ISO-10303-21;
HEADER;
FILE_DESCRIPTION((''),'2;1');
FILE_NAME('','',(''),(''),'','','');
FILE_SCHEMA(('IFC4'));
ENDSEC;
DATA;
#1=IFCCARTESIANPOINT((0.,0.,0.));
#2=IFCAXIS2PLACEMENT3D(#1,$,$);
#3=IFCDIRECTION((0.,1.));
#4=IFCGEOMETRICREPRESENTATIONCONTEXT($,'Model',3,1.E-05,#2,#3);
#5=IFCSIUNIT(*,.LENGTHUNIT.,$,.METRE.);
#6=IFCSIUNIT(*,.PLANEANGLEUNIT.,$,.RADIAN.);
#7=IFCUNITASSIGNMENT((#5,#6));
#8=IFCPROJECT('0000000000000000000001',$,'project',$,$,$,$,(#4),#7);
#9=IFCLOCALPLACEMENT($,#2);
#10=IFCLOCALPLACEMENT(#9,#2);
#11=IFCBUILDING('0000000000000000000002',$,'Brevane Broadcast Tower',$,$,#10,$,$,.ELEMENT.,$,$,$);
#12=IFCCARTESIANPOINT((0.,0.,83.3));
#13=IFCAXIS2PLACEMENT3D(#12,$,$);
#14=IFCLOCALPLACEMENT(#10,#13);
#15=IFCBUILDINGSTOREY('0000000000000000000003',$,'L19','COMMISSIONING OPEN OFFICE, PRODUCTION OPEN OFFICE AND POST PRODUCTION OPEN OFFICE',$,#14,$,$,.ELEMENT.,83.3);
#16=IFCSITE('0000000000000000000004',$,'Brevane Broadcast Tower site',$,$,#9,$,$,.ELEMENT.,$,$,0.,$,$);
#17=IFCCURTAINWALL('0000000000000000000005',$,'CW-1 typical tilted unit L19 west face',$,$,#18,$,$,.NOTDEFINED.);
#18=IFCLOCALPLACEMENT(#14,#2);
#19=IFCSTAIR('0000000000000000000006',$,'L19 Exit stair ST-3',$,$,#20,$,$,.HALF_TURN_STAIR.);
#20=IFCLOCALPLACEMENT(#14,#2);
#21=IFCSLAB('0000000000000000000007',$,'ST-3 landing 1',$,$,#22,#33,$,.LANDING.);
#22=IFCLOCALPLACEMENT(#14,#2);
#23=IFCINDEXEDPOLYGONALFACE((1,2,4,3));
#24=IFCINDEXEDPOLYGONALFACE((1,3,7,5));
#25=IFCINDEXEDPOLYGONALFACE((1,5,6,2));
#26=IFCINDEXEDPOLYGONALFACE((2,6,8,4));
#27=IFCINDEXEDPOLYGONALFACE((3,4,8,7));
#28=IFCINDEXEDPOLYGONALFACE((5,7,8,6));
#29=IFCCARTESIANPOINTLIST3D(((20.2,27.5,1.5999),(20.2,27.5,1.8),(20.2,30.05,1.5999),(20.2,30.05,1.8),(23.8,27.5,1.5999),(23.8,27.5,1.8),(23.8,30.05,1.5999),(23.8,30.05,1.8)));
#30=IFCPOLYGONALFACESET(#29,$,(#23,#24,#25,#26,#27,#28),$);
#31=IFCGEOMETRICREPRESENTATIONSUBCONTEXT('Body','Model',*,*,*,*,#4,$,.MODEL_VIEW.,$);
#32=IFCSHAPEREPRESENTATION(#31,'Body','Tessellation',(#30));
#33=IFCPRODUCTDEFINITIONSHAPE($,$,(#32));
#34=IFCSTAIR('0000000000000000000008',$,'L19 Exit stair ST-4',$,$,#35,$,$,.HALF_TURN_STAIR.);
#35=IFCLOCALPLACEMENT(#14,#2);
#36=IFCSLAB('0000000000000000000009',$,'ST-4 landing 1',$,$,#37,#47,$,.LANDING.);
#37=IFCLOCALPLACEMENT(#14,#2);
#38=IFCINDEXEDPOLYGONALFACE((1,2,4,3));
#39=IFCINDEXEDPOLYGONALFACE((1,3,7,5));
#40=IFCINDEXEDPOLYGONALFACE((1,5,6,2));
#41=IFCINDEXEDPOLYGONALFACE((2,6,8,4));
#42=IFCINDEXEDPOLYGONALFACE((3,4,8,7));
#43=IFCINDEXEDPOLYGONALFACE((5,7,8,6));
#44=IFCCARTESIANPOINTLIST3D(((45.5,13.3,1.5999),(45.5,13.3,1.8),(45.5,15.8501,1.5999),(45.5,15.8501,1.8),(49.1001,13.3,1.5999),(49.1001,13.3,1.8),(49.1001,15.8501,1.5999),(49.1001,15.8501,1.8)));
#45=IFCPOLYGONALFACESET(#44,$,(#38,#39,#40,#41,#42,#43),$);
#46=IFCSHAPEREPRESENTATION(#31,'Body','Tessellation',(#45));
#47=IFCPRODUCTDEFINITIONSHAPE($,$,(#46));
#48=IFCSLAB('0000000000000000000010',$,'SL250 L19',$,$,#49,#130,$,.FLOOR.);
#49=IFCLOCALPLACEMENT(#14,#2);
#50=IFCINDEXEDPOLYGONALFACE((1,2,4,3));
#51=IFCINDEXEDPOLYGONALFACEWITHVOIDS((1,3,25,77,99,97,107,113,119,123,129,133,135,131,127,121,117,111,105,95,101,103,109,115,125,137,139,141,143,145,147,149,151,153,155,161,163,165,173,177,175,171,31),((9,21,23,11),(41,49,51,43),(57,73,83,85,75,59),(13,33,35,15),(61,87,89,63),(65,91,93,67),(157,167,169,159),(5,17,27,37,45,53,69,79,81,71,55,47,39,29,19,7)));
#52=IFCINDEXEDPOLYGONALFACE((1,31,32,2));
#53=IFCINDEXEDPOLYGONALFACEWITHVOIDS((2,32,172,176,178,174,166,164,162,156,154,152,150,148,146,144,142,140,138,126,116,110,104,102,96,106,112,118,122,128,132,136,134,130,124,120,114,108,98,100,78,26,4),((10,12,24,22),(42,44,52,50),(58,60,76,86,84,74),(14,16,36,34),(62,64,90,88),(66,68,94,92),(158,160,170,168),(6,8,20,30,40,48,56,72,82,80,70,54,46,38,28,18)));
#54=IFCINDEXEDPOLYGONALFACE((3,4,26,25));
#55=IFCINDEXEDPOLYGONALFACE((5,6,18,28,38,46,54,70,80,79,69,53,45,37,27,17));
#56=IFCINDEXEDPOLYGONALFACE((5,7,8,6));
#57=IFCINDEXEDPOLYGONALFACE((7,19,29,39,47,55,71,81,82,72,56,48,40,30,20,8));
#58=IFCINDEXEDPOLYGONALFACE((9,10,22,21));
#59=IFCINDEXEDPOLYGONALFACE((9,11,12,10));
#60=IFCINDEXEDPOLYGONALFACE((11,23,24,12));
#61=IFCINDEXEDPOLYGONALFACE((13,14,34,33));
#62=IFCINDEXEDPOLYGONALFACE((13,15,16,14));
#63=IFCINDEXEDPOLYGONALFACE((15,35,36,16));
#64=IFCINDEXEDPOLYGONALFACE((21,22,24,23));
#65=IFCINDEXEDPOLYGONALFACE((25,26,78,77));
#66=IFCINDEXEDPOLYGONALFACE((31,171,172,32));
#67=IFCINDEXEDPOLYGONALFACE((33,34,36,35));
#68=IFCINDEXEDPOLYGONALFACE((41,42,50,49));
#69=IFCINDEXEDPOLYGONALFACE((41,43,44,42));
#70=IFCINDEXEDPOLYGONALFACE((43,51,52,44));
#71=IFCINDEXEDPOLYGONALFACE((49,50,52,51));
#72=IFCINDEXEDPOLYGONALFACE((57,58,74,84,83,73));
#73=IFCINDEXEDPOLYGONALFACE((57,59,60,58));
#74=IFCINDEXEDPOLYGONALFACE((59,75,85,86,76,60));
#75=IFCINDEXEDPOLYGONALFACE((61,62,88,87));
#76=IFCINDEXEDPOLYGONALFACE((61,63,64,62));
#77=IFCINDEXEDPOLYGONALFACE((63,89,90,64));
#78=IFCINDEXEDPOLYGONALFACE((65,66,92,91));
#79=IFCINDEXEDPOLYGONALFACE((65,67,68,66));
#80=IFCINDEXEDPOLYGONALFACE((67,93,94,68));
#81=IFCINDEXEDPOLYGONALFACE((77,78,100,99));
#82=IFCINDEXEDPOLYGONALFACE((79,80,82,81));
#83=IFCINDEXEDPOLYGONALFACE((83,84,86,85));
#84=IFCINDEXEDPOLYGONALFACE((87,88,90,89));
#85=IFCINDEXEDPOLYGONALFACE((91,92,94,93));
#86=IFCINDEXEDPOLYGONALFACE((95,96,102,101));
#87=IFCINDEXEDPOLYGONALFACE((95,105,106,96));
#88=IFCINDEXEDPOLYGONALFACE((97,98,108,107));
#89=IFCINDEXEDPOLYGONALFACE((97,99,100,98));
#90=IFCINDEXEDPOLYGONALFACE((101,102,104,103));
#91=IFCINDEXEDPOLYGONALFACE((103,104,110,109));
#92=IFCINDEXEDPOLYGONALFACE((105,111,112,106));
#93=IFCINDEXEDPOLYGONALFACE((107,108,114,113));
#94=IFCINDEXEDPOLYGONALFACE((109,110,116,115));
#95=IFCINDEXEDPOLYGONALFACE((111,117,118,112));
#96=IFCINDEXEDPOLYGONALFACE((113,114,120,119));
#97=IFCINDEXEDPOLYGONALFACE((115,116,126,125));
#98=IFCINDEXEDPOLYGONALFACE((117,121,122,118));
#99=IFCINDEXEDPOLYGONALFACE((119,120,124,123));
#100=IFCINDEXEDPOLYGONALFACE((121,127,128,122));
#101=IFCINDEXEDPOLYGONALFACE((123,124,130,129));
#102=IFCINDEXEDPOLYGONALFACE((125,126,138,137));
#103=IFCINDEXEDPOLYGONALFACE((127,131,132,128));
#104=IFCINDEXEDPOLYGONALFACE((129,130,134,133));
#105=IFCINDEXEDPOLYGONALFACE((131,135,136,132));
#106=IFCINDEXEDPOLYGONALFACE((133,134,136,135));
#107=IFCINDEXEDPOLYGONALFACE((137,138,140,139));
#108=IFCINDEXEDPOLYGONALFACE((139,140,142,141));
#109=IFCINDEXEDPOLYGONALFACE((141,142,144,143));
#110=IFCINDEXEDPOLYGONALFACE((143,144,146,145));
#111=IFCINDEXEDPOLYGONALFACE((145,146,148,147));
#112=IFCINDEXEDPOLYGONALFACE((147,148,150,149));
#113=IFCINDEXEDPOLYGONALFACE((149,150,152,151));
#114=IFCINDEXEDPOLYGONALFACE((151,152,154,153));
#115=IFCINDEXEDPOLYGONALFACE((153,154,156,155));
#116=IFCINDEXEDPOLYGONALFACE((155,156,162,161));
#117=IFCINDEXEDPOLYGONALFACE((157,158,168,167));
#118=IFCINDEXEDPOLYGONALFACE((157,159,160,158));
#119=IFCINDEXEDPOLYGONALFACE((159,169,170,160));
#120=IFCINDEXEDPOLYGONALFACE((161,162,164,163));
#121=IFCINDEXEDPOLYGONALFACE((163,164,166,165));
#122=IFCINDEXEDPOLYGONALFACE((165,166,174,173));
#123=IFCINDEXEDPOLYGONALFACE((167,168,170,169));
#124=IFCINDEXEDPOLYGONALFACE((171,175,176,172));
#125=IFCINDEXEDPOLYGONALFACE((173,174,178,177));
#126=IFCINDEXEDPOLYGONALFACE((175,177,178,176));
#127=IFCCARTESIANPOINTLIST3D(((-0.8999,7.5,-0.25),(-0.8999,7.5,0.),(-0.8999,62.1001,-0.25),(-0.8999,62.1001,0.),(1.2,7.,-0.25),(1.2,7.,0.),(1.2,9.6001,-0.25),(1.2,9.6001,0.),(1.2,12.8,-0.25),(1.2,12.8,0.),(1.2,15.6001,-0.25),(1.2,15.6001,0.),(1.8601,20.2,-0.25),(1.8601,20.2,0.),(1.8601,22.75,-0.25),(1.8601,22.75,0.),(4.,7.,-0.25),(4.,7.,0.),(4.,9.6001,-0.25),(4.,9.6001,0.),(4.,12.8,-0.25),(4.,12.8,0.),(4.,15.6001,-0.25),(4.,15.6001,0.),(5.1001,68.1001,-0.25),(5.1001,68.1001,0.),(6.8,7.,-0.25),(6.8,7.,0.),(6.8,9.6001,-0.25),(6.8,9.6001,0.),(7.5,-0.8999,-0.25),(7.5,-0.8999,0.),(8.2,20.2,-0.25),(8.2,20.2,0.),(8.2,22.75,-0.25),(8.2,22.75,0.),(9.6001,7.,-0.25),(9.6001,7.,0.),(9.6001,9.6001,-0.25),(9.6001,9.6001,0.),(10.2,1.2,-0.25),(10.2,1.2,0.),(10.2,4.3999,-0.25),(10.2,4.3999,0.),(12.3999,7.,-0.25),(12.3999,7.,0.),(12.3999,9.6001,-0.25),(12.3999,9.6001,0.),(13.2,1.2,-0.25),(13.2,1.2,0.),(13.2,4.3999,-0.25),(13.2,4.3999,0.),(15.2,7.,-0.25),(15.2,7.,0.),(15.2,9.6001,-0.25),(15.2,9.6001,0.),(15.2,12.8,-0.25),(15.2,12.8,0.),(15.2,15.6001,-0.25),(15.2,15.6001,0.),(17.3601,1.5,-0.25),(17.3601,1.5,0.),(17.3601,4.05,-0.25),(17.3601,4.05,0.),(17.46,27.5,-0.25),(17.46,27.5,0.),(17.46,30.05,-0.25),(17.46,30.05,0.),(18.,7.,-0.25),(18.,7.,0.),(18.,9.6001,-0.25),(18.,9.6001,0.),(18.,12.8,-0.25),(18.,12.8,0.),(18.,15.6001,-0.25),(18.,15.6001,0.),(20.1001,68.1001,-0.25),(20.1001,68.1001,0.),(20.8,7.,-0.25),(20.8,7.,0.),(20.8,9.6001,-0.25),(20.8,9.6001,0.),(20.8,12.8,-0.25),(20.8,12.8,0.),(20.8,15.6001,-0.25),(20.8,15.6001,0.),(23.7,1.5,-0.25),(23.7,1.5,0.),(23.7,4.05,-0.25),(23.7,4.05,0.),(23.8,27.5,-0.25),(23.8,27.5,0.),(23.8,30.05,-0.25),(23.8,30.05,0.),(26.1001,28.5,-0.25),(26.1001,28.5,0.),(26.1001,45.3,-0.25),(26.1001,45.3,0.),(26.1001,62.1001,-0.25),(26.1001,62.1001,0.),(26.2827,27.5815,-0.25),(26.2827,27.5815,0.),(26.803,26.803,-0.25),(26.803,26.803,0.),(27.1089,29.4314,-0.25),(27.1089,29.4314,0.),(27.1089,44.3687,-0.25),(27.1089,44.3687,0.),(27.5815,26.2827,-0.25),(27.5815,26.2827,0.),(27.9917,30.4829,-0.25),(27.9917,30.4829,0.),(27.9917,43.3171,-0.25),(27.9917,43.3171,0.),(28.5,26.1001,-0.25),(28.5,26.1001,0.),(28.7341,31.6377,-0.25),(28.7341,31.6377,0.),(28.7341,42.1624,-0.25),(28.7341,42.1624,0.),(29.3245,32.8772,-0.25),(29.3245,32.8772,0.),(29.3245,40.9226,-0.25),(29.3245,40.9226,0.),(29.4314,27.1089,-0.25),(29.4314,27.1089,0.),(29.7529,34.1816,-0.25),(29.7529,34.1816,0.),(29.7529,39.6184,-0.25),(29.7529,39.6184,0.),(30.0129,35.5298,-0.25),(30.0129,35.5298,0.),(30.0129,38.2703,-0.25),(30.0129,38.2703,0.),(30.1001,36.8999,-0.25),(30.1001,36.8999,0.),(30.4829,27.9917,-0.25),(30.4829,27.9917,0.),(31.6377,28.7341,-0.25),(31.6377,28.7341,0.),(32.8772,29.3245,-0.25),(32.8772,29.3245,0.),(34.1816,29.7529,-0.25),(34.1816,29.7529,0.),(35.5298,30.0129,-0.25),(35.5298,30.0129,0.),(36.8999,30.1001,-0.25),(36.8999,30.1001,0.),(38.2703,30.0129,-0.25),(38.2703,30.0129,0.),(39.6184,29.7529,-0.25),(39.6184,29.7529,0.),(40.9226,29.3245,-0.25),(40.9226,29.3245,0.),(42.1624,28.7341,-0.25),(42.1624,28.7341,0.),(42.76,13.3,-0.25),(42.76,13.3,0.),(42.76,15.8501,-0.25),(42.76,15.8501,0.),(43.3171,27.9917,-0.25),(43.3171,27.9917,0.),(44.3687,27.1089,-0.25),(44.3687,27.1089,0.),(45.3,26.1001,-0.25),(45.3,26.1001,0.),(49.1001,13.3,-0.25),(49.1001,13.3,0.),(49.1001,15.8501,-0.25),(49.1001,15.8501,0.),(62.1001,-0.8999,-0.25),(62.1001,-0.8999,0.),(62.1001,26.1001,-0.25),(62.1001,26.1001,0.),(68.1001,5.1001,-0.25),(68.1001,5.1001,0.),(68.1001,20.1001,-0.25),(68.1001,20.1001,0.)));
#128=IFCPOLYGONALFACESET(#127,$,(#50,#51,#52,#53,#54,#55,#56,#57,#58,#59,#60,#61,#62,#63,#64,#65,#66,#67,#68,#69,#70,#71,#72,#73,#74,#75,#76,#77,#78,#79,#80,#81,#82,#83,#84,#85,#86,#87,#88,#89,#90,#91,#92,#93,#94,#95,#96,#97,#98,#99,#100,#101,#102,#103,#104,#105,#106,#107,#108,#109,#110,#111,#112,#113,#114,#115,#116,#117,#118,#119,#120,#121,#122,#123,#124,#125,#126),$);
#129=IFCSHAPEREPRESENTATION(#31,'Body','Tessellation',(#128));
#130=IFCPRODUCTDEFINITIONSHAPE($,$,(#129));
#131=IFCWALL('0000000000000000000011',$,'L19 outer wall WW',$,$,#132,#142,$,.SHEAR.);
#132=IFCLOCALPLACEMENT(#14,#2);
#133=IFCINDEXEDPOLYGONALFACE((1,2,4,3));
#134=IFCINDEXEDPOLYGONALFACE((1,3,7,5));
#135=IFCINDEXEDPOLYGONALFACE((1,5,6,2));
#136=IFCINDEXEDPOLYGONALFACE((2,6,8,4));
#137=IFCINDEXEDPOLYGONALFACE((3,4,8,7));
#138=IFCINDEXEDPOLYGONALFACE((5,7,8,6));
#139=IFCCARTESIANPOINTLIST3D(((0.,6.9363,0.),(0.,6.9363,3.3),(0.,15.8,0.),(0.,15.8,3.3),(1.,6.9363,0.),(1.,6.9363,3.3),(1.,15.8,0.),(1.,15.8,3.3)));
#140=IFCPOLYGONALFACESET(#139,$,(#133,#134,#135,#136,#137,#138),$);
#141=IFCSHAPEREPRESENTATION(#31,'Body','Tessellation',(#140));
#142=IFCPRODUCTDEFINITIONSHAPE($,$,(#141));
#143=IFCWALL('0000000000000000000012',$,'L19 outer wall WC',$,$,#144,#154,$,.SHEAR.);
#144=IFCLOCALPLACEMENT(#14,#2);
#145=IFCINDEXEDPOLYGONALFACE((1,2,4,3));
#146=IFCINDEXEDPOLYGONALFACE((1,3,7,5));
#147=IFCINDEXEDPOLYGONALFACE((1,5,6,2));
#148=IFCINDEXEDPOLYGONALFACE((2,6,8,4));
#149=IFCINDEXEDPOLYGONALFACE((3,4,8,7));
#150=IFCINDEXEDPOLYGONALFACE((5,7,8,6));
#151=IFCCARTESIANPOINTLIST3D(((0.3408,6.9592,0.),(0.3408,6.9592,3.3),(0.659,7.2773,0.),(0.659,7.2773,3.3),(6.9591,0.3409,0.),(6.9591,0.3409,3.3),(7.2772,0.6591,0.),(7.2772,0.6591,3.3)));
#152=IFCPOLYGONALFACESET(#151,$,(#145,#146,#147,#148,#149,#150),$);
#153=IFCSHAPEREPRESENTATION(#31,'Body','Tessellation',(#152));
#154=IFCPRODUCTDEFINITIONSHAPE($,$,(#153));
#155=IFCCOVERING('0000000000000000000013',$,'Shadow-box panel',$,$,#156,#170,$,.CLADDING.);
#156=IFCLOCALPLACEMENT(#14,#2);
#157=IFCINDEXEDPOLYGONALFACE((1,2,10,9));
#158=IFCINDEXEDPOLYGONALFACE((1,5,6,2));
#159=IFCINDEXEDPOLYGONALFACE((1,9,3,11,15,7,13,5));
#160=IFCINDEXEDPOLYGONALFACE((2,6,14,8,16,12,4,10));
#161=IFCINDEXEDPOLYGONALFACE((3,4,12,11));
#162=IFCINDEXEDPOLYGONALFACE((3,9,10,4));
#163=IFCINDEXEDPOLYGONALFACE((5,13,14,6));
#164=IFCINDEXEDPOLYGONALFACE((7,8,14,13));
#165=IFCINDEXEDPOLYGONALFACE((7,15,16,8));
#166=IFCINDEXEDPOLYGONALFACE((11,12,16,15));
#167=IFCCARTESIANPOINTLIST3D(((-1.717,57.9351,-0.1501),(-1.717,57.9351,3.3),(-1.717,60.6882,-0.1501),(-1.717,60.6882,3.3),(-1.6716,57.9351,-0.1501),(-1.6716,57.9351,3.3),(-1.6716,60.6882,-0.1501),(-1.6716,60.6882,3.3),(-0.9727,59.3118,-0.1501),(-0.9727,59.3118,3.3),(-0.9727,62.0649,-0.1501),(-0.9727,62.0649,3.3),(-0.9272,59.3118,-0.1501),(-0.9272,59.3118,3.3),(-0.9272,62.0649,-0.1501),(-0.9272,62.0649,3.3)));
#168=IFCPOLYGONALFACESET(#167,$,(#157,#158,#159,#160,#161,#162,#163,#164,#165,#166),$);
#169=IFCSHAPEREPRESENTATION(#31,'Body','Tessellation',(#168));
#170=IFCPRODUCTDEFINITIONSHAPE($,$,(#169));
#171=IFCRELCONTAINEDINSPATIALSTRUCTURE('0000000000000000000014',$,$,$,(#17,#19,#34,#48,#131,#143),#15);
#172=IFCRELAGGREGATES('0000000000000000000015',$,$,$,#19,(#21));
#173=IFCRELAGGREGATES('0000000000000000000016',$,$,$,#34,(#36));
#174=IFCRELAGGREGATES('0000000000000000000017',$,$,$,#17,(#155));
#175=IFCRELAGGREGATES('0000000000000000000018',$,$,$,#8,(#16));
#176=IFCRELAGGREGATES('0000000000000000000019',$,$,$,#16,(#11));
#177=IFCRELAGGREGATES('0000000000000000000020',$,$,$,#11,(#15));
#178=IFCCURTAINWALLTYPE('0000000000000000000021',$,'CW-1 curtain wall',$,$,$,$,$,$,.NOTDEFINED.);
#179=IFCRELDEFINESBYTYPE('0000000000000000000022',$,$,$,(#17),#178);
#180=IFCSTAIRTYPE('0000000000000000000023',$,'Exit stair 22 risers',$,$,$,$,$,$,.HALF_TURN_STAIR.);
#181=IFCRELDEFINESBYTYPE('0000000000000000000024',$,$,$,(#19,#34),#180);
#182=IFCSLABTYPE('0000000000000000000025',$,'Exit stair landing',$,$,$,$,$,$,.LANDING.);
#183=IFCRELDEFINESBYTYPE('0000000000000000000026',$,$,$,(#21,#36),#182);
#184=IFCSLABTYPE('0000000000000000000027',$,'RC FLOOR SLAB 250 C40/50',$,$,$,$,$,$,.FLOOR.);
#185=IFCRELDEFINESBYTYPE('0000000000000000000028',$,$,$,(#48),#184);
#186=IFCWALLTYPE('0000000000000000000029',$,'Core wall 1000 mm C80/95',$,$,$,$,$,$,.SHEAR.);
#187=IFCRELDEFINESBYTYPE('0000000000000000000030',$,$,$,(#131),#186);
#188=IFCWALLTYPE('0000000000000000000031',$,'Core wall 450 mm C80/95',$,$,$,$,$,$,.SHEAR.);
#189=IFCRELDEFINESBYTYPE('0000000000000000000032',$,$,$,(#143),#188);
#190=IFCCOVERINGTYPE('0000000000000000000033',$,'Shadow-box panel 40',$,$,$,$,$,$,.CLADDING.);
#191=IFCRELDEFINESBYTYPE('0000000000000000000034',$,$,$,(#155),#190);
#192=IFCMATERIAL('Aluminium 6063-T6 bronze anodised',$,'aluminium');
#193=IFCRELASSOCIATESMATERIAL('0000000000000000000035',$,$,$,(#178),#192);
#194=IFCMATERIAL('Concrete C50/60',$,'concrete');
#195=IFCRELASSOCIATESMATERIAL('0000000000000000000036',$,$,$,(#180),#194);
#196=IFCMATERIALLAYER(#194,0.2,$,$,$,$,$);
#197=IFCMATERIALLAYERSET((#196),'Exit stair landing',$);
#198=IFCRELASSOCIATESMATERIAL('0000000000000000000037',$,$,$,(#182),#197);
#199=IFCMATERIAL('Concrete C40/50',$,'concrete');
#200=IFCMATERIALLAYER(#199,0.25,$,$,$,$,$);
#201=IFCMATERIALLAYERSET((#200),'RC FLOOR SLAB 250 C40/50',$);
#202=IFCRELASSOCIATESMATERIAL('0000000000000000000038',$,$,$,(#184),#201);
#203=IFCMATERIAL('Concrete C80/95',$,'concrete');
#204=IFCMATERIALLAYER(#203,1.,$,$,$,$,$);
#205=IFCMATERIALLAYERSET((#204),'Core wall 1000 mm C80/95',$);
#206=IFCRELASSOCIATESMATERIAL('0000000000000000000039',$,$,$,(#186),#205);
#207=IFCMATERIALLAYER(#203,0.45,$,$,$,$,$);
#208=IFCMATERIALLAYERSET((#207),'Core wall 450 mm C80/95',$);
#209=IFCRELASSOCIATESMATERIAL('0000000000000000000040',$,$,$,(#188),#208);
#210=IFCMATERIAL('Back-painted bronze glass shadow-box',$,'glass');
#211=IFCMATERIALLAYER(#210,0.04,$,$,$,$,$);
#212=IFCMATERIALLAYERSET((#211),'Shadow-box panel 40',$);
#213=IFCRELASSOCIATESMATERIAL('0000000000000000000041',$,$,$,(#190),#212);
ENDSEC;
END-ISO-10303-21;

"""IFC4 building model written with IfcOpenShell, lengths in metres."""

from ifc_helpers import new_model, si_unit, direction, frame, frame_2d, origin, place, context, subcontext, project, spatial, polyline, rectangle, outline, extrude, material, layer, layer_set, type_object, element, aggregate, save


model = new_model("IFC4")

# Units and contexts
model_context = context("Model", 3, precision=1e-05, world=origin(), true_north=direction((0.0, 1.0)))
body_context = subcontext(model_context, "Body", "Model", "MODEL_VIEW")
ifc_project = project(units=[si_unit("LENGTHUNIT", "METRE"), si_unit("PLANEANGLEUNIT", "RADIAN")], contexts=[model_context])

# Site, building, storey
site_placement = place(None, origin())
site = spatial("IfcSite", under=ifc_project, at=site_placement, Name="Brevane Broadcast Tower site", CompositionType="ELEMENT", RefElevation=0.0)
building_placement = place(site_placement, origin())
building = spatial("IfcBuilding", under=site, at=building_placement, Name="Brevane Broadcast Tower", CompositionType="ELEMENT")
storey_placement = place(building_placement, frame((0.0, 0.0, 83.3)))
storey = spatial("IfcBuildingStorey", under=building, at=storey_placement, Name="L19", Description="COMMISSIONING OPEN OFFICE, PRODUCTION OPEN OFFICE AND POST PRODUCTION OPEN OFFICE", CompositionType="ELEMENT", Elevation=83.3)

# Shared definitions
ifc_material_1 = material(Name="Aluminium 6063-T6 bronze anodised", Category="aluminium")
curtain_wall_type = type_object("IfcCurtainWallType", Name="CW-1 curtain wall", PredefinedType="NOTDEFINED", material=ifc_material_1)

# Curtain wall
curtain_wall_1_placement = place(storey_placement, origin())
curtain_wall_1 = element("IfcCurtainWall", 1, at=curtain_wall_1_placement, inside=storey, type_object=curtain_wall_type, Name="CW-1 typical tilted unit L19 west face", PredefinedType="NOTDEFINED")

# Stairs, slabs
ifc_material_2 = material(Name="Concrete C50/60", Category="concrete")
stair_type = type_object("IfcStairType", Name="Exit stair 22 risers", PredefinedType="HALF_TURN_STAIR", material=ifc_material_2)
ifc_layer_1 = layer(ifc_material_2, 0.2)
ifc_layer_set_1 = layer_set([ifc_layer_1], Name="Exit stair landing")
slab_type_1 = type_object("IfcSlabType", Name="Exit stair landing", PredefinedType="LANDING", material=ifc_layer_set_1)
stair_1_placement = place(storey_placement, origin())
stair_1 = element("IfcStair", 2, at=stair_1_placement, inside=storey, type_object=stair_type, Name="L19 Exit stair ST-3", PredefinedType="HALF_TURN_STAIR")
slab_1_placement = place(storey_placement, frame((0.0, 0.0, 1.5999)))
slab_1 = element("IfcSlab", 3, at=slab_1_placement, type_object=slab_type_1, Name="ST-3 landing 1", PredefinedType="LANDING", context=body_context, shape_type="SweptSolid", body=[
    extrude(outline(polyline([(20.2, 27.5), (23.8, 27.5), (23.8, 30.05), (20.2, 30.05), (20.2, 27.5)])), origin(), (0.0, 0.0, 1.0), 0.2002),
])
aggregate(stair_1, [slab_1])
stair_2_placement = place(storey_placement, origin())
stair_2 = element("IfcStair", 4, at=stair_2_placement, inside=storey, type_object=stair_type, Name="L19 Exit stair ST-4", PredefinedType="HALF_TURN_STAIR")
slab_2_placement = place(storey_placement, frame((0.0, 0.0, 1.5999)))
slab_2 = element("IfcSlab", 5, at=slab_2_placement, type_object=slab_type_1, Name="ST-4 landing 1", PredefinedType="LANDING", context=body_context, shape_type="SweptSolid", body=[
    extrude(outline(polyline([(45.5, 13.3), (49.1001, 13.3), (49.1001, 15.8501), (45.5, 15.8501), (45.5, 13.3)])), origin(), (0.0, 0.0, 1.0), 0.2002),
])
aggregate(stair_2, [slab_2])

# Slab
ifc_material_3 = material(Name="Concrete C40/50", Category="concrete")
ifc_layer_2 = layer(ifc_material_3, 0.25)
ifc_layer_set_2 = layer_set([ifc_layer_2], Name="RC FLOOR SLAB 250 C40/50")
slab_type_2 = type_object("IfcSlabType", Name="RC FLOOR SLAB 250 C40/50", PredefinedType="FLOOR", material=ifc_layer_set_2)
slab_3_placement = place(storey_placement, frame((0.0, 0.0, -0.25)))
element("IfcSlab", 6, at=slab_3_placement, inside=storey, type_object=slab_type_2, Name="SL250 L19", PredefinedType="FLOOR", context=body_context, shape_type="SweptSolid", body=[
    extrude(outline(polyline([(-0.8999, 7.5), (-0.8999, 62.1001), (5.1001, 68.1001), (20.1001, 68.1001), (26.1001, 62.1001), (26.1001, 45.3), (27.1089, 44.3687), (27.9917, 43.3171), (28.7341, 42.1624), (29.3245, 40.9226), (29.7529, 39.6184), (30.0129, 38.2703), (30.1001, 36.8999), (30.0129, 35.5298), (29.7529, 34.1816), (29.3245, 32.8772), (28.7341, 31.6377), (27.9917, 30.4829), (27.1089, 29.4314), (26.1001, 28.5), (26.2827, 27.5815), (26.803, 26.803), (27.5815, 26.2827), (28.5, 26.1001), (29.4314, 27.1089), (30.4829, 27.9917), (31.6377, 28.7341), (32.8772, 29.3245), (34.1816, 29.7529), (35.5298, 30.0129), (36.8999, 30.1001), (38.2703, 30.0129), (39.6184, 29.7529), (40.9226, 29.3245), (42.1624, 28.7341), (43.3171, 27.9917), (44.3687, 27.1089), (45.3, 26.1001), (62.1001, 26.1001), (68.1001, 20.1001), (68.1001, 5.1001), (62.1001, -0.8999), (7.5, -0.8999), (-0.8999, 7.5)]), holes=[polyline([(13.2, 4.3999), (10.2, 4.3999), (10.2, 1.2), (13.2, 1.2), (13.2, 4.3999)]), polyline([(4.0, 9.6001), (1.2, 9.6001), (1.2, 7.0), (4.0, 7.0), (6.8, 7.0), (9.6001, 7.0), (12.3999, 7.0), (15.2, 7.0), (18.0, 7.0), (20.8, 7.0), (20.8, 9.6001), (18.0, 9.6001), (15.2, 9.6001), (12.3999, 9.6001), (9.6001, 9.6001), (6.8, 9.6001), (4.0, 9.6001)]), polyline([(4.0, 12.8), (4.0, 15.6001), (1.2, 15.6001), (1.2, 12.8), (4.0, 12.8)]), polyline([(8.2, 22.75), (1.8601, 22.75), (1.8601, 20.2), (8.2, 20.2), (8.2, 22.75)]), polyline([(23.7, 4.05), (17.3601, 4.05), (17.3601, 1.5), (23.7, 1.5), (23.7, 4.05)]), polyline([(18.0, 15.6001), (15.2, 15.6001), (15.2, 12.8), (18.0, 12.8), (20.8, 12.8), (20.8, 15.6001), (18.0, 15.6001)]), polyline([(49.1001, 15.8501), (42.76, 15.8501), (42.76, 13.3), (49.1001, 13.3), (49.1001, 15.8501)]), polyline([(23.8, 30.05), (17.46, 30.05), (17.46, 27.5), (23.8, 27.5), (23.8, 30.05)])]), origin(), (0.0, 0.0, 1.0), 0.25),
])

# Walls
ifc_material_4 = material(Name="Concrete C80/95", Category="concrete")
ifc_layer_3 = layer(ifc_material_4, 1.0)
ifc_layer_set_3 = layer_set([ifc_layer_3], Name="Core wall 1000 mm C80/95")
wall_type_1 = type_object("IfcWallType", Name="Core wall 1000 mm C80/95", PredefinedType="SHEAR", material=ifc_layer_set_3)
wall_1_placement = place(storey_placement, frame((0.5, 6.9363, 0.0), z_axis=(0.0, 0.0, 1.0), x_axis=(0.0, 1.0, 0.0)))
element("IfcWall", 7, at=wall_1_placement, inside=storey, type_object=wall_type_1, Name="L19 outer wall WW", PredefinedType="SHEAR", context=body_context, shape_type="SweptSolid", body=[
    extrude(rectangle(XDim=8.8638, YDim=1.0, at=frame_2d((4.4319, 0.0))), origin(), (0.0, 0.0, 1.0), 3.3),
])
ifc_layer_4 = layer(ifc_material_4, 0.45)
ifc_layer_set_4 = layer_set([ifc_layer_4], Name="Core wall 450 mm C80/95")
wall_type_2 = type_object("IfcWallType", Name="Core wall 450 mm C80/95", PredefinedType="SHEAR", material=ifc_layer_set_4)
wall_2_placement = place(storey_placement, frame((0.5, 7.1182, 0.0), z_axis=(0.0, 0.0, 1.0), x_axis=(0.707107, -0.707107, 0.0)))
element("IfcWall", 8, at=wall_2_placement, inside=storey, type_object=wall_type_2, Name="L19 outer wall WC", PredefinedType="SHEAR", context=body_context, shape_type="SweptSolid", body=[
    extrude(rectangle(XDim=9.3596, YDim=0.45, at=frame_2d((4.6797, 0.0))), origin(), (0.0, 0.0, 1.0), 3.3),
])

# Covering
ifc_material_5 = material(Name="Back-painted bronze glass shadow-box", Category="glass")
ifc_layer_5 = layer(ifc_material_5, 0.04)
ifc_layer_set_5 = layer_set([ifc_layer_5], Name="Shadow-box panel 40")
covering_type = type_object("IfcCoveringType", Name="Shadow-box panel 40", PredefinedType="CLADDING", material=ifc_layer_set_5)
covering_1_placement = place(storey_placement, frame((0.0, 0.0, -0.1501)))
covering_1 = element("IfcCovering", 9, at=covering_1_placement, type_object=covering_type, Name="Shadow-box panel", PredefinedType="CLADDING", context=body_context, shape_type="SweptSolid", body=[
    extrude(outline(polyline([(-0.9272, 62.0649), (-0.9727, 62.0649), (-1.717, 60.6882), (-0.9727, 59.3118), (-1.717, 57.9351), (-1.6716, 57.9351), (-0.9272, 59.3118), (-1.6716, 60.6882), (-0.9272, 62.0649)])), origin(), (0.0, 0.0, 1.0), 3.4502),
])
aggregate(curtain_wall_1, [covering_1])

save(model, "model.ifc")
